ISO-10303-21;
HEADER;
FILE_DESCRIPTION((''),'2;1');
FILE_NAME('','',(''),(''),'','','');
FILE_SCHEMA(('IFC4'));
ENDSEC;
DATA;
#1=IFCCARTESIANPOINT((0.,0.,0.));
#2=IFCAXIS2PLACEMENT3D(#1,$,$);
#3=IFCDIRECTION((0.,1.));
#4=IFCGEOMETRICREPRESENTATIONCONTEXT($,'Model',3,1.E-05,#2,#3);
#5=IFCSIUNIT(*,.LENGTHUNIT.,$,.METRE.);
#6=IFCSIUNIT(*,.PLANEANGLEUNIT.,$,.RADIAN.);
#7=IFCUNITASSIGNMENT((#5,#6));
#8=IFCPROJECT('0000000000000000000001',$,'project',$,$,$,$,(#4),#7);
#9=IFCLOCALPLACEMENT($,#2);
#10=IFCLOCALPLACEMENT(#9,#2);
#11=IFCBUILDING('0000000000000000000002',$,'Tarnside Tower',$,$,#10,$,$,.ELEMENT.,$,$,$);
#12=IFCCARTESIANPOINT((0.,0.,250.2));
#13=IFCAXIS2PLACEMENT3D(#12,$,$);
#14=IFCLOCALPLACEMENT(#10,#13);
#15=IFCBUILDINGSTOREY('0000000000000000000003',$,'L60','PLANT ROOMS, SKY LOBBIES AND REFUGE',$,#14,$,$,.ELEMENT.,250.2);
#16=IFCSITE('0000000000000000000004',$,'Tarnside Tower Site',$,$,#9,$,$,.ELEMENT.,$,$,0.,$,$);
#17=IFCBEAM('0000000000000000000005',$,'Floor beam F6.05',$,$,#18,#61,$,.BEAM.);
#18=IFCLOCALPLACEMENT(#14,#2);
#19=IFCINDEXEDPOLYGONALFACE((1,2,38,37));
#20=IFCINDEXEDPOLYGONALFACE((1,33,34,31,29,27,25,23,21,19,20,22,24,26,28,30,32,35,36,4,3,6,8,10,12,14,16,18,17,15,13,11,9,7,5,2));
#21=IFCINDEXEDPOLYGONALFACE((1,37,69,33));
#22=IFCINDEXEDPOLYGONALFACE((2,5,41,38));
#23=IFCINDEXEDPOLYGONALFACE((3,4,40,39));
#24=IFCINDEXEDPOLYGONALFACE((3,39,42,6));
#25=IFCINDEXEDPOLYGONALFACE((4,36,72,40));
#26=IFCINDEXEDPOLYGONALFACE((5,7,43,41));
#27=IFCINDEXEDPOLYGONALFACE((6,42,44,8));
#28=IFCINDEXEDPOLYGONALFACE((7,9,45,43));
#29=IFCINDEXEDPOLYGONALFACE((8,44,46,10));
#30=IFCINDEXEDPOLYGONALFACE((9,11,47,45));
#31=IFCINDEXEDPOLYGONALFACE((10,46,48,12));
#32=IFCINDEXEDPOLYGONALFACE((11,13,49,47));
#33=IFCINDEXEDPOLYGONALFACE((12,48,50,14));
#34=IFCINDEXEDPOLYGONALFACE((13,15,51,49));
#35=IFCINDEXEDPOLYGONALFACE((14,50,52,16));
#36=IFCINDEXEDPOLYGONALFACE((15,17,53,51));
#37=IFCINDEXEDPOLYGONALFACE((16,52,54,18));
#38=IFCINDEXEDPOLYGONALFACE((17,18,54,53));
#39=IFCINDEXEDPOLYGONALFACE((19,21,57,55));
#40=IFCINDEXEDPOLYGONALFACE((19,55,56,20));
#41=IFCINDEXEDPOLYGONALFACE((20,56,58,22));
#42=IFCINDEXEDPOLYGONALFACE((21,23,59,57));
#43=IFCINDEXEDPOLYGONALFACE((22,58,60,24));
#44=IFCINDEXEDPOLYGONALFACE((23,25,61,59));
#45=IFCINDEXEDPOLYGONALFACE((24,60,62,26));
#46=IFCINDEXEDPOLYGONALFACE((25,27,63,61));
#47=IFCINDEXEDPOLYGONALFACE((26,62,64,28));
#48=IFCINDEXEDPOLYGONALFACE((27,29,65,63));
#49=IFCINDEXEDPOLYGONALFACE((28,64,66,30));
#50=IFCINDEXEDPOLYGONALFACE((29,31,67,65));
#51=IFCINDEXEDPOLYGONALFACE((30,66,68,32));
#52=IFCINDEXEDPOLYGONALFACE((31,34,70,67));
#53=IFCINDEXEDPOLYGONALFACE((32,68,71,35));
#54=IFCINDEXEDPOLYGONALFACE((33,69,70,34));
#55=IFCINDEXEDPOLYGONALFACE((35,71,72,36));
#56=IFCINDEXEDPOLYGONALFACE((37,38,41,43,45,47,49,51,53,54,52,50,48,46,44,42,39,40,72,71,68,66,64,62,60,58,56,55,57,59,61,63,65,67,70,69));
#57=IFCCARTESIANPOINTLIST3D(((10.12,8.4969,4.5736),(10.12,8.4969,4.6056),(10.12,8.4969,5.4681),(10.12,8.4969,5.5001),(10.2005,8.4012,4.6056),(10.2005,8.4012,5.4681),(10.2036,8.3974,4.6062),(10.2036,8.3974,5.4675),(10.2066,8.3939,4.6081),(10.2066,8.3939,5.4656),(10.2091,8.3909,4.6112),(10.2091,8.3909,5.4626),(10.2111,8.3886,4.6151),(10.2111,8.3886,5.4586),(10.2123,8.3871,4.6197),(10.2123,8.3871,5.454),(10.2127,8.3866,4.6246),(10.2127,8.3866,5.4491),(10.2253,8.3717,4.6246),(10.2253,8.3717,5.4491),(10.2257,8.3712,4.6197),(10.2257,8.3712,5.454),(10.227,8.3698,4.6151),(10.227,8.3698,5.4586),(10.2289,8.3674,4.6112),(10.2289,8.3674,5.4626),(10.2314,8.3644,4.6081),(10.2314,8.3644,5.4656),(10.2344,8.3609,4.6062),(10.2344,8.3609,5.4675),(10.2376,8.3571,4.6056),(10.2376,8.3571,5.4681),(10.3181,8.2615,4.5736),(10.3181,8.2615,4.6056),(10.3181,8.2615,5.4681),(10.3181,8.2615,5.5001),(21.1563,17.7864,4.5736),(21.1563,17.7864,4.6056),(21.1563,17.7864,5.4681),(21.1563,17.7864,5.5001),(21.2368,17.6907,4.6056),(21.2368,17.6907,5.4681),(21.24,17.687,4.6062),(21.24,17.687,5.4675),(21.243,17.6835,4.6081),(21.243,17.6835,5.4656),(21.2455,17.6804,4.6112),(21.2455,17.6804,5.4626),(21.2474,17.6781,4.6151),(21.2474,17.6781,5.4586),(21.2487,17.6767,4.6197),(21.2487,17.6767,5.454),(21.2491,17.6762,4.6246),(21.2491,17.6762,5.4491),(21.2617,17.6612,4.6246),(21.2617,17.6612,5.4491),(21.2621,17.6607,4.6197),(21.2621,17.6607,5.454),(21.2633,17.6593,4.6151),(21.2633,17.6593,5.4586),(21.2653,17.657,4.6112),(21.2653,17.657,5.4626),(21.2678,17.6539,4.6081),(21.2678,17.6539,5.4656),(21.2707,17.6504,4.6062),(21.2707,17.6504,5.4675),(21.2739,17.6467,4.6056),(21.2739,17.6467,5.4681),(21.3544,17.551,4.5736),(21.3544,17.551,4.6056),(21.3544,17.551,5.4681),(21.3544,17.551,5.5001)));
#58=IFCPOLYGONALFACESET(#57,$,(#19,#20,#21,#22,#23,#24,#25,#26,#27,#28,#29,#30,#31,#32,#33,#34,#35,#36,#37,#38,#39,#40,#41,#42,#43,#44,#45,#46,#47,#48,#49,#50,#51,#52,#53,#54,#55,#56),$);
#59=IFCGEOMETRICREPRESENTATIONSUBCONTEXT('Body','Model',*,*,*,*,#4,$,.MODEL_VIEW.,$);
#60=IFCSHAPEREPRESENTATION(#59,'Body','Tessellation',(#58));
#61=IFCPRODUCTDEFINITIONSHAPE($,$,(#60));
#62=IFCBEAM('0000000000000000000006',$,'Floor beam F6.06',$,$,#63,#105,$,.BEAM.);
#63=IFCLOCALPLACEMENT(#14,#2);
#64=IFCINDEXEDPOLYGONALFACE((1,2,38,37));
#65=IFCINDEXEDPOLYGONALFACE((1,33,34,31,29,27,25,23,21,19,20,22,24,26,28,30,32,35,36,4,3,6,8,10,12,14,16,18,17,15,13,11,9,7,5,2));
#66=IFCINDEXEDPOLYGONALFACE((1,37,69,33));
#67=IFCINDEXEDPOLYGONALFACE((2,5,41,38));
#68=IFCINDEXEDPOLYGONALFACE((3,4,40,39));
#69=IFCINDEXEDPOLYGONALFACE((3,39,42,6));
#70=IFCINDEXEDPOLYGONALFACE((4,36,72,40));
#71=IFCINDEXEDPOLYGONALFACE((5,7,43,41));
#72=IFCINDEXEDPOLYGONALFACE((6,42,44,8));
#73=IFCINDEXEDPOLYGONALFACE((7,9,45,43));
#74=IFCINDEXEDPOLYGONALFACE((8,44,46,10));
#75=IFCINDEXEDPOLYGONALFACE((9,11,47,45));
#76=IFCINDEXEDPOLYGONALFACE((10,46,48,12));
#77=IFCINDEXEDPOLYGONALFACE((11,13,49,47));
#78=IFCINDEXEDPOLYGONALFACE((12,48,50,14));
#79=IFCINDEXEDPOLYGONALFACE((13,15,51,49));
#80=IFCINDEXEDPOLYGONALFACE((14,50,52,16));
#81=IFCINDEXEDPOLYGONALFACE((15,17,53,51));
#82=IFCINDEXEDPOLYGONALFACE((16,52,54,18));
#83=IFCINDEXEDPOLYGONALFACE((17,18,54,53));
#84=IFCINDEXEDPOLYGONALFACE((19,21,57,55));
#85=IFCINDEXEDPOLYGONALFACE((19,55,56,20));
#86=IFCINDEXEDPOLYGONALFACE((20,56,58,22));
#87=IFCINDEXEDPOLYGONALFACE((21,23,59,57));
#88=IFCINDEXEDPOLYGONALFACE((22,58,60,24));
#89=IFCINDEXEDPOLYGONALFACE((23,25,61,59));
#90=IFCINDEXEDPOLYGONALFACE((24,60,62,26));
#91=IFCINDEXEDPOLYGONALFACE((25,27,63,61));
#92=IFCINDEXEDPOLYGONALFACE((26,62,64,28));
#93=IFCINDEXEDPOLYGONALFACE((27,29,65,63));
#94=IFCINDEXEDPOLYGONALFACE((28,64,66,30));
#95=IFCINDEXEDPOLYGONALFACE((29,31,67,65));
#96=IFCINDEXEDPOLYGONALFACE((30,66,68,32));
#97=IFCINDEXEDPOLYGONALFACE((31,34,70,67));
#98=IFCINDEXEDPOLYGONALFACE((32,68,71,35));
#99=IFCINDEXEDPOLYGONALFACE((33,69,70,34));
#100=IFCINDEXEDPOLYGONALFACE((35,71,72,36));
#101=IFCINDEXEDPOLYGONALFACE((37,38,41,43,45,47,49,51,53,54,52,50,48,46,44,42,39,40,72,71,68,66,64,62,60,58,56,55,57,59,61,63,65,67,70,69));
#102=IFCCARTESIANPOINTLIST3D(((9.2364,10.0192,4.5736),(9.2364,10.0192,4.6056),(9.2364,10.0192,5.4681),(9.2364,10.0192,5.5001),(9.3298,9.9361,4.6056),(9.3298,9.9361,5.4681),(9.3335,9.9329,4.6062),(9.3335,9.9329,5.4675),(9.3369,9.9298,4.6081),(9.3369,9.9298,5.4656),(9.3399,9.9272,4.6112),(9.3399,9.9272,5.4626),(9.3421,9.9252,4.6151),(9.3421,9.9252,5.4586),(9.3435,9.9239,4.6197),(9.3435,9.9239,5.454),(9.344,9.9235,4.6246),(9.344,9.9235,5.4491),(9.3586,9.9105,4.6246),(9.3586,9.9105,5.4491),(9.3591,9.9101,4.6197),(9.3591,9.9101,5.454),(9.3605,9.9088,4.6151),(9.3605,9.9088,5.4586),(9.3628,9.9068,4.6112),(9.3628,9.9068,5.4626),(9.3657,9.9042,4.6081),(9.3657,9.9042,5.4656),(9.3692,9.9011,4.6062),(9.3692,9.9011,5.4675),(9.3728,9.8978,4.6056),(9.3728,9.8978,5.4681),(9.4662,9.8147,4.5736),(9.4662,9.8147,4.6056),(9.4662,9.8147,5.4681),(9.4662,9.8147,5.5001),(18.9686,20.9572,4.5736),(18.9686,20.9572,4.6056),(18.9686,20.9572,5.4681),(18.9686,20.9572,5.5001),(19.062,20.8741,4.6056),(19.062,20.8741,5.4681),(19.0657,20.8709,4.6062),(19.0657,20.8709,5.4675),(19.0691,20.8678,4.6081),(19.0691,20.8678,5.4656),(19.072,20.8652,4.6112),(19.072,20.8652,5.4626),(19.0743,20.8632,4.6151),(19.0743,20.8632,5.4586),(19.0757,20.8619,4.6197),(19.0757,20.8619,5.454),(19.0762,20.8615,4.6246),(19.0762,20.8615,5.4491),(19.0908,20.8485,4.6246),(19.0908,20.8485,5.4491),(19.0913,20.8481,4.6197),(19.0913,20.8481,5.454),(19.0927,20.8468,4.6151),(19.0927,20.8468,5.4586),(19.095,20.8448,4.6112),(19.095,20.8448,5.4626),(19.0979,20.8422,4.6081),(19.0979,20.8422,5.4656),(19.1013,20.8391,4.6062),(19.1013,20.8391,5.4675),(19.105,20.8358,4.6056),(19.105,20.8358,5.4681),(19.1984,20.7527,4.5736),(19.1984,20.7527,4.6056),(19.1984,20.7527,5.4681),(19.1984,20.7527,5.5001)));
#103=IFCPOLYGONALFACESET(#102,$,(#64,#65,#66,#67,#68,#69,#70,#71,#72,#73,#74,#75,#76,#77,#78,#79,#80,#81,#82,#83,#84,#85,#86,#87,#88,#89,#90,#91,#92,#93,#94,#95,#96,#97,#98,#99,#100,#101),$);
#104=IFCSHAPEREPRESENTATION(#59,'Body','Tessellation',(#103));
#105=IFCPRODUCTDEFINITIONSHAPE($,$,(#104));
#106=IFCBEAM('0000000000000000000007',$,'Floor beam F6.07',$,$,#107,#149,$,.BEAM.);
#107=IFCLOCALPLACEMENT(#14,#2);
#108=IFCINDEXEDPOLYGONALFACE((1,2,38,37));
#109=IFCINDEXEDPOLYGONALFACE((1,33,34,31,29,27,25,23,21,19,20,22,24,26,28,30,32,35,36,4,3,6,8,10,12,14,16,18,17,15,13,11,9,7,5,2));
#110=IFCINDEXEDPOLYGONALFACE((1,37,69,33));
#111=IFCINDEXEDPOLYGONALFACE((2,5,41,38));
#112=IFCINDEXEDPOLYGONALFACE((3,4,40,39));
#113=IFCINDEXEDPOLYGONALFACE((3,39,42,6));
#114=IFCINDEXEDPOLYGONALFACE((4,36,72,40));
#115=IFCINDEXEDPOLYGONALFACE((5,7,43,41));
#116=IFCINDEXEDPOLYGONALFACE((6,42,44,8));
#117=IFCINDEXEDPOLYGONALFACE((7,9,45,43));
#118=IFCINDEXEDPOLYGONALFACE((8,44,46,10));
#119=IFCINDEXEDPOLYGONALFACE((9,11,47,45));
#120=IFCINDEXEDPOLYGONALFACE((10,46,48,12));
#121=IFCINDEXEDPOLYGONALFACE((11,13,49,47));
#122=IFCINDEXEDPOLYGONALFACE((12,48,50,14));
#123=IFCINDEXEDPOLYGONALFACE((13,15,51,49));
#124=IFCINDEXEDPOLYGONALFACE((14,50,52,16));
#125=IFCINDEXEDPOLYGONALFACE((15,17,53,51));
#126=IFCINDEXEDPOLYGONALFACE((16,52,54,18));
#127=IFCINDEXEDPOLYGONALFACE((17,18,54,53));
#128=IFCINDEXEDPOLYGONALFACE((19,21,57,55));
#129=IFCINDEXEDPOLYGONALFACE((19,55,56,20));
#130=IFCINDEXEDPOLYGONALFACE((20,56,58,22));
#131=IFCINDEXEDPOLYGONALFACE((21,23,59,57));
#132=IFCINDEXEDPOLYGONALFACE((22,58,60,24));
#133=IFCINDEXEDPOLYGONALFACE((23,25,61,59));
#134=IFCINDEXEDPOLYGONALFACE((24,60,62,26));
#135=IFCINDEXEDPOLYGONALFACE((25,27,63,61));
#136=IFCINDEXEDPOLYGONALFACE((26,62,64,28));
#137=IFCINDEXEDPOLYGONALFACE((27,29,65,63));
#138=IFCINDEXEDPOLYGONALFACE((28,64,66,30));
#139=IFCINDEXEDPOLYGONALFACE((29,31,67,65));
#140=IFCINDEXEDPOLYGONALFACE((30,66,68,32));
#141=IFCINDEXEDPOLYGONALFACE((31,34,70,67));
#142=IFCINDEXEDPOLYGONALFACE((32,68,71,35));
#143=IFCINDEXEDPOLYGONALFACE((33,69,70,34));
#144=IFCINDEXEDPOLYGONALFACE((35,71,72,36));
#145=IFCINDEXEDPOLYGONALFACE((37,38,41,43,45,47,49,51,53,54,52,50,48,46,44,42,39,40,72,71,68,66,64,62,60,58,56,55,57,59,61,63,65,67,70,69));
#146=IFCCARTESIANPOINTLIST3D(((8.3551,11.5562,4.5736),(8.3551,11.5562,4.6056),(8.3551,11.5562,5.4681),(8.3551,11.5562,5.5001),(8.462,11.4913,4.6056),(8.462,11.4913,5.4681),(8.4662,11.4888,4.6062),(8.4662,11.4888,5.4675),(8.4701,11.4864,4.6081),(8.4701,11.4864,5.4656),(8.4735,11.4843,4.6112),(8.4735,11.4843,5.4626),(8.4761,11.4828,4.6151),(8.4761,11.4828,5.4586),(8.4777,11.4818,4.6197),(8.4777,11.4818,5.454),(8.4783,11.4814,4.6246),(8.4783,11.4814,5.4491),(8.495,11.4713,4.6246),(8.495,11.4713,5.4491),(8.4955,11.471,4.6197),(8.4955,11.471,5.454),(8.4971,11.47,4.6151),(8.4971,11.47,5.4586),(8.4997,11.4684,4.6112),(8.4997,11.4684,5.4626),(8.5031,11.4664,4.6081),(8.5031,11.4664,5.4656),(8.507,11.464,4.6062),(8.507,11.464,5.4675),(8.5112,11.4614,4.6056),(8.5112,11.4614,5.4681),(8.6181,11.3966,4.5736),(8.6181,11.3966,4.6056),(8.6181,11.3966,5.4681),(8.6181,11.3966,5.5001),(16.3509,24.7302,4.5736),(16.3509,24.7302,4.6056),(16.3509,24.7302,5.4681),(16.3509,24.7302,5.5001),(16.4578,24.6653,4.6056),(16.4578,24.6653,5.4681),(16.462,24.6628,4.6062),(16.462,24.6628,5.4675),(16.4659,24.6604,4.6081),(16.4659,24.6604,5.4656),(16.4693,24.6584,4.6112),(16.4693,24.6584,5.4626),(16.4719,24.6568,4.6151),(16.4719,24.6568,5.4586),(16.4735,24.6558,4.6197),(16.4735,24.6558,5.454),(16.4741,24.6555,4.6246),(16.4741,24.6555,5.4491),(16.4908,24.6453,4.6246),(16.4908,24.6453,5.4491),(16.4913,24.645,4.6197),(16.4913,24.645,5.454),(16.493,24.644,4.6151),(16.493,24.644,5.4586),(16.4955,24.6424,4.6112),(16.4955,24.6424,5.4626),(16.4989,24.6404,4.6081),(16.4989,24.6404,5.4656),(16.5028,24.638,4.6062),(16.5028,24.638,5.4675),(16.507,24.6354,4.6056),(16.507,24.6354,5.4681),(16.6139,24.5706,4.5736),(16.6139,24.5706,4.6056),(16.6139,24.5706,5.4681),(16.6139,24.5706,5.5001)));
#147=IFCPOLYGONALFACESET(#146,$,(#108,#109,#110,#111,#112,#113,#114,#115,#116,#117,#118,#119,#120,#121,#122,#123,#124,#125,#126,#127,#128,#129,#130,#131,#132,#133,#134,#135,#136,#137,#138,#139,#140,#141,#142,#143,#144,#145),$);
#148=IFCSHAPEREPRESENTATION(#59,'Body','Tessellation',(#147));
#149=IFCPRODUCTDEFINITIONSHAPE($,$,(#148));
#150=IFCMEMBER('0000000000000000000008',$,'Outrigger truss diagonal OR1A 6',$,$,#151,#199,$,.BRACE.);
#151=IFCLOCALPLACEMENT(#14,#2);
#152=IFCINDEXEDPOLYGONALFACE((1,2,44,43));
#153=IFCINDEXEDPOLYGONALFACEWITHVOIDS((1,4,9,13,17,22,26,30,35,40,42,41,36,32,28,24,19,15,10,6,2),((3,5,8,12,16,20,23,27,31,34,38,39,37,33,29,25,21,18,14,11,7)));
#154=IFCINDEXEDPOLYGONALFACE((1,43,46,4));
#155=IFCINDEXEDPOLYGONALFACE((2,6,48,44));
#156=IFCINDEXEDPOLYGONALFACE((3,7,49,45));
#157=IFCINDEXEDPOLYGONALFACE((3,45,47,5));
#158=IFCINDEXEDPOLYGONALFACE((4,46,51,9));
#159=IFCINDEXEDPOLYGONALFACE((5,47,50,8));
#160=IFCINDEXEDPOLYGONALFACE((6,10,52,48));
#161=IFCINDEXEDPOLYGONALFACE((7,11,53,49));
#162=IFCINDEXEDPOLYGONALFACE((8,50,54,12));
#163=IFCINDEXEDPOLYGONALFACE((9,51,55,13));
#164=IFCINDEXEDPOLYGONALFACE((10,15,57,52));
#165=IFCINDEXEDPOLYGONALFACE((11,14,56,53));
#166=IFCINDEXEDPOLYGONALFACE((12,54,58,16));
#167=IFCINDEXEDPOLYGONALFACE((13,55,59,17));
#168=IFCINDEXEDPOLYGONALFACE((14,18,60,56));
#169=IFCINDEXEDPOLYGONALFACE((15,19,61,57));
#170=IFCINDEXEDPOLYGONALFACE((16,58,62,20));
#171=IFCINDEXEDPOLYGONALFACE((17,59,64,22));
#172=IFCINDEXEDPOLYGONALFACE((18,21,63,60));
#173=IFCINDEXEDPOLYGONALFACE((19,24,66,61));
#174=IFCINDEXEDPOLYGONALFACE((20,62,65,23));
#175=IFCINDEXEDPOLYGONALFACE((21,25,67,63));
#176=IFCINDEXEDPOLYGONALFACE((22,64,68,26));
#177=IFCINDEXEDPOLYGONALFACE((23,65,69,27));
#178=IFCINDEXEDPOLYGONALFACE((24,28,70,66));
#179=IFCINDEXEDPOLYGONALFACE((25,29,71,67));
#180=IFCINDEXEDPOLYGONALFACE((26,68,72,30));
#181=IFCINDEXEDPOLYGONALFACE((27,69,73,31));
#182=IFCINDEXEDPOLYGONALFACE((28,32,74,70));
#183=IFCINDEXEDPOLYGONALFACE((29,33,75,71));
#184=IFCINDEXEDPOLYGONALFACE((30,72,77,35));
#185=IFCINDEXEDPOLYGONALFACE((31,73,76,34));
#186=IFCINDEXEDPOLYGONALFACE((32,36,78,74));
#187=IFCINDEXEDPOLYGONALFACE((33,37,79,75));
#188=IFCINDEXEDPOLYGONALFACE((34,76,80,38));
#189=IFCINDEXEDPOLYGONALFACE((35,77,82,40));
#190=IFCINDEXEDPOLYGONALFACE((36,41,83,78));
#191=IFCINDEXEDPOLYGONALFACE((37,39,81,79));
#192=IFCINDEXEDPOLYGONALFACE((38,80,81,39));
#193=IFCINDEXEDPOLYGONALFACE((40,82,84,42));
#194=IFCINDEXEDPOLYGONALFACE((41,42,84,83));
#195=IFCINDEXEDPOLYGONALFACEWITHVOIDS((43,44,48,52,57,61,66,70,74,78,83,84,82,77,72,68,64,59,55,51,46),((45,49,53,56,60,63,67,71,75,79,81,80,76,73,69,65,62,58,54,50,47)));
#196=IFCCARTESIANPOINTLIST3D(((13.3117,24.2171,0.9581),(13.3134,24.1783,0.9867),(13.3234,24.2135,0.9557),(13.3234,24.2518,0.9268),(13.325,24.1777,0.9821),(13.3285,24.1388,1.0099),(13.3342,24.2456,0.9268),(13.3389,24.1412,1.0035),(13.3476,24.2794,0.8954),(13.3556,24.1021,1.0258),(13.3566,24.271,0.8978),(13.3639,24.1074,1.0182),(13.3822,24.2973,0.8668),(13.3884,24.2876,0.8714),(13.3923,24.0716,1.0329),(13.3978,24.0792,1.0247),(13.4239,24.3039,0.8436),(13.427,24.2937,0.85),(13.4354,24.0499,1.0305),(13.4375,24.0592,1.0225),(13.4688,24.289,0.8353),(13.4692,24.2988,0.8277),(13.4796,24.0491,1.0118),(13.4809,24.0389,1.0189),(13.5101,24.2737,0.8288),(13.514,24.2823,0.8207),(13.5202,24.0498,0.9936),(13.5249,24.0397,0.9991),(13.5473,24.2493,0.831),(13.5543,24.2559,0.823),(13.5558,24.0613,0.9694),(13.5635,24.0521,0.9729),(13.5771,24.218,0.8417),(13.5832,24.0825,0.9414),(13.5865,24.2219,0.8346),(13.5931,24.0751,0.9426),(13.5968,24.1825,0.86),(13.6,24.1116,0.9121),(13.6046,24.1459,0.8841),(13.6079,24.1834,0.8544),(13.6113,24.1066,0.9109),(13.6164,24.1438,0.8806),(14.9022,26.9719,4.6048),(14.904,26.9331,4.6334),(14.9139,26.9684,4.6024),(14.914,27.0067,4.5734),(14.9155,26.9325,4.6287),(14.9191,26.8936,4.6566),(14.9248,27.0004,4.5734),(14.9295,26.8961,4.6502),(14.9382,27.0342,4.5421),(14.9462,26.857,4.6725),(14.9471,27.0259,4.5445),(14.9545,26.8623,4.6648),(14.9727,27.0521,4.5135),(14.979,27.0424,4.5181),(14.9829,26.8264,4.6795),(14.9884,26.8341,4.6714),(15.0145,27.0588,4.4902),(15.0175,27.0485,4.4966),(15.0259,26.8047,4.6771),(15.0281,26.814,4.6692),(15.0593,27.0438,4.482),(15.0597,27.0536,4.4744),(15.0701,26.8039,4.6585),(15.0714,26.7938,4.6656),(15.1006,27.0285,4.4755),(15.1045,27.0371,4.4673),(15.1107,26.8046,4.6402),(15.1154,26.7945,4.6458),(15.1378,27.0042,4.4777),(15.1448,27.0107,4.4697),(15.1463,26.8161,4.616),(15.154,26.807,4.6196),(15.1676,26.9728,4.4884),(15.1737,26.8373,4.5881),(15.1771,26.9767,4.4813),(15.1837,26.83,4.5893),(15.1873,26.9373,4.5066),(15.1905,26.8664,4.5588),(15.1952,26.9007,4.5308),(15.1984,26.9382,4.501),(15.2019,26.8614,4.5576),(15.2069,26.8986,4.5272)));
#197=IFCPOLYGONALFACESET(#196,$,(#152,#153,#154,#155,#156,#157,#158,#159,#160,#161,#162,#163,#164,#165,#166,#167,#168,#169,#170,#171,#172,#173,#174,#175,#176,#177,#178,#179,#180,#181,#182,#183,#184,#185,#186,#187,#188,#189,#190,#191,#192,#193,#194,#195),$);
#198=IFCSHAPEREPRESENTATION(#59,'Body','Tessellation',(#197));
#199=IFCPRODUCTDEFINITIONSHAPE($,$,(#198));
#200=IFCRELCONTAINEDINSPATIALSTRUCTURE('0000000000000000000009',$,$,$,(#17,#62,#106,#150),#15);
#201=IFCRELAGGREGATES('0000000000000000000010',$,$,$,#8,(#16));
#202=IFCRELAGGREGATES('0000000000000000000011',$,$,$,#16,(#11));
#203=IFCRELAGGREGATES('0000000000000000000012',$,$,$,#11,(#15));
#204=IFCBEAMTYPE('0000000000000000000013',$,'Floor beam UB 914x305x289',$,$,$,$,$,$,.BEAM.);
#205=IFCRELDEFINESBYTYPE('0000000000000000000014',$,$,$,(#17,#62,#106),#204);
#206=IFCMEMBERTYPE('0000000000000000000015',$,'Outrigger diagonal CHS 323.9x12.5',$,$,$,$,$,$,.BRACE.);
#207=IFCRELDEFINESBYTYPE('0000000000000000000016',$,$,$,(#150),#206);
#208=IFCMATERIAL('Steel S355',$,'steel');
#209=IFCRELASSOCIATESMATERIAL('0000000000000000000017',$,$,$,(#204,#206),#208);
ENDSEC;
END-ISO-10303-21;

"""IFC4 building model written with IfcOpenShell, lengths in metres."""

from ifc_helpers import new_model, si_unit, direction, frame, origin, origin_2d, place, context, subcontext, project, spatial, hollow_circle, i_section, extrude, material, material_profile, profile_set, type_object, element, save


model = new_model("IFC4")

# Units and contexts
model_context = context("Model", 3, precision=1e-05, world=origin(), true_north=direction((0.0, 1.0)))
body_context = subcontext(model_context, "Body", "Model", "MODEL_VIEW")
ifc_project = project(units=[si_unit("LENGTHUNIT", "METRE"), si_unit("PLANEANGLEUNIT", "RADIAN")], contexts=[model_context])

# Site, building, storey
site_placement = place(None, origin())
site = spatial("IfcSite", under=ifc_project, at=site_placement, Name="Tarnside Tower Site", CompositionType="ELEMENT", RefElevation=0.0)
building_placement = place(site_placement, origin())
building = spatial("IfcBuilding", under=site, at=building_placement, Name="Tarnside Tower", CompositionType="ELEMENT")
storey_placement = place(building_placement, frame((0.0, 0.0, 250.2)))
storey = spatial("IfcBuildingStorey", under=building, at=storey_placement, Name="L60", Description="PLANT ROOMS, SKY LOBBIES AND REFUGE", CompositionType="ELEMENT", Elevation=250.2)

# Beams
ifc_material_1 = material(Name="Steel S355", Category="steel")
ifc_material_profile_1 = material_profile(ifc_material_1, i_section(OverallWidth=0.3076, OverallDepth=0.9265, WebThickness=0.0195, FlangeThickness=0.032, FilletRadius=0.019, at=origin_2d()), Name="UB 914x305x289")
ifc_profile_set_1 = profile_set([ifc_material_profile_1], Name="Steel S355")
beam_type = type_object("IfcBeamType", Name="Floor beam UB 914x305x289", PredefinedType="BEAM", material=ifc_profile_set_1)
beam_1_placement = place(storey_placement, frame((21.2554, 17.6687, 5.0369), z_axis=(-0.765056, -0.643964, 0.0), x_axis=(0.643964, -0.765056, 0.0)))
element("IfcBeam", 1, at=beam_1_placement, inside=storey, type_object=beam_type, Name="Floor beam F6.05", PredefinedType="BEAM", context=body_context, shape_type="SweptSolid", body=[
    extrude(i_section(OverallWidth=0.3076, OverallDepth=0.9265, WebThickness=0.0195, FlangeThickness=0.032, FilletRadius=0.019, at=origin_2d()), origin(), (0.0, 0.0, 1.0), 14.4255),
])
beam_2_placement = place(storey_placement, frame((19.0835, 20.855, 5.0369), z_axis=(-0.664727, -0.747086, 0.0), x_axis=(0.747086, -0.664727, 0.0)))
element("IfcBeam", 2, at=beam_2_placement, inside=storey, type_object=beam_type, Name="Floor beam F6.06", PredefinedType="BEAM", context=body_context, shape_type="SweptSolid", body=[
    extrude(i_section(OverallWidth=0.3076, OverallDepth=0.9265, WebThickness=0.0195, FlangeThickness=0.032, FilletRadius=0.019, at=origin_2d()), origin(), (0.0, 0.0, 1.0), 14.6409),
])
beam_3_placement = place(storey_placement, frame((16.4824, 24.6504, 5.0369), z_axis=(-0.51885, -0.854865, 0.0), x_axis=(0.854865, -0.51885, 0.0)))
element("IfcBeam", 3, at=beam_3_placement, inside=storey, type_object=beam_type, Name="Floor beam F6.07", PredefinedType="BEAM", context=body_context, shape_type="SweptSolid", body=[
    extrude(i_section(OverallWidth=0.3076, OverallDepth=0.9265, WebThickness=0.0195, FlangeThickness=0.032, FilletRadius=0.019, at=origin_2d()), origin(), (0.0, 0.0, 1.0), 15.4106),
])

# Member
ifc_material_profile_2 = material_profile(ifc_material_1, hollow_circle(Radius=0.1619, WallThickness=0.0125, at=origin_2d()), Name="CHS 323.9x12.5")
ifc_profile_set_2 = profile_set([ifc_material_profile_2], Name="Steel S355")
member_type_1 = type_object("IfcMemberType", Name="Outrigger diagonal CHS 323.9x12.5", PredefinedType="BRACE", material=ifc_profile_set_2)
member_1_placement = place(storey_placement, frame((13.4636, 24.1709, 0.9268), z_axis=(0.328685, 0.569284, 0.75358), x_axis=(-0.866019, 0.50001, 0.0)))
element("IfcMember", 4, at=member_1_placement, inside=storey, type_object=member_type_1, Name="Outrigger truss diagonal OR1A 6", PredefinedType="BRACE", context=body_context, shape_type="SweptSolid", body=[
    extrude(hollow_circle(Radius=0.1619, WallThickness=0.0125, at=origin_2d()), origin(), (0.0, 0.0, 1.0), 4.8391),
])

save(model, "model.ifc")
